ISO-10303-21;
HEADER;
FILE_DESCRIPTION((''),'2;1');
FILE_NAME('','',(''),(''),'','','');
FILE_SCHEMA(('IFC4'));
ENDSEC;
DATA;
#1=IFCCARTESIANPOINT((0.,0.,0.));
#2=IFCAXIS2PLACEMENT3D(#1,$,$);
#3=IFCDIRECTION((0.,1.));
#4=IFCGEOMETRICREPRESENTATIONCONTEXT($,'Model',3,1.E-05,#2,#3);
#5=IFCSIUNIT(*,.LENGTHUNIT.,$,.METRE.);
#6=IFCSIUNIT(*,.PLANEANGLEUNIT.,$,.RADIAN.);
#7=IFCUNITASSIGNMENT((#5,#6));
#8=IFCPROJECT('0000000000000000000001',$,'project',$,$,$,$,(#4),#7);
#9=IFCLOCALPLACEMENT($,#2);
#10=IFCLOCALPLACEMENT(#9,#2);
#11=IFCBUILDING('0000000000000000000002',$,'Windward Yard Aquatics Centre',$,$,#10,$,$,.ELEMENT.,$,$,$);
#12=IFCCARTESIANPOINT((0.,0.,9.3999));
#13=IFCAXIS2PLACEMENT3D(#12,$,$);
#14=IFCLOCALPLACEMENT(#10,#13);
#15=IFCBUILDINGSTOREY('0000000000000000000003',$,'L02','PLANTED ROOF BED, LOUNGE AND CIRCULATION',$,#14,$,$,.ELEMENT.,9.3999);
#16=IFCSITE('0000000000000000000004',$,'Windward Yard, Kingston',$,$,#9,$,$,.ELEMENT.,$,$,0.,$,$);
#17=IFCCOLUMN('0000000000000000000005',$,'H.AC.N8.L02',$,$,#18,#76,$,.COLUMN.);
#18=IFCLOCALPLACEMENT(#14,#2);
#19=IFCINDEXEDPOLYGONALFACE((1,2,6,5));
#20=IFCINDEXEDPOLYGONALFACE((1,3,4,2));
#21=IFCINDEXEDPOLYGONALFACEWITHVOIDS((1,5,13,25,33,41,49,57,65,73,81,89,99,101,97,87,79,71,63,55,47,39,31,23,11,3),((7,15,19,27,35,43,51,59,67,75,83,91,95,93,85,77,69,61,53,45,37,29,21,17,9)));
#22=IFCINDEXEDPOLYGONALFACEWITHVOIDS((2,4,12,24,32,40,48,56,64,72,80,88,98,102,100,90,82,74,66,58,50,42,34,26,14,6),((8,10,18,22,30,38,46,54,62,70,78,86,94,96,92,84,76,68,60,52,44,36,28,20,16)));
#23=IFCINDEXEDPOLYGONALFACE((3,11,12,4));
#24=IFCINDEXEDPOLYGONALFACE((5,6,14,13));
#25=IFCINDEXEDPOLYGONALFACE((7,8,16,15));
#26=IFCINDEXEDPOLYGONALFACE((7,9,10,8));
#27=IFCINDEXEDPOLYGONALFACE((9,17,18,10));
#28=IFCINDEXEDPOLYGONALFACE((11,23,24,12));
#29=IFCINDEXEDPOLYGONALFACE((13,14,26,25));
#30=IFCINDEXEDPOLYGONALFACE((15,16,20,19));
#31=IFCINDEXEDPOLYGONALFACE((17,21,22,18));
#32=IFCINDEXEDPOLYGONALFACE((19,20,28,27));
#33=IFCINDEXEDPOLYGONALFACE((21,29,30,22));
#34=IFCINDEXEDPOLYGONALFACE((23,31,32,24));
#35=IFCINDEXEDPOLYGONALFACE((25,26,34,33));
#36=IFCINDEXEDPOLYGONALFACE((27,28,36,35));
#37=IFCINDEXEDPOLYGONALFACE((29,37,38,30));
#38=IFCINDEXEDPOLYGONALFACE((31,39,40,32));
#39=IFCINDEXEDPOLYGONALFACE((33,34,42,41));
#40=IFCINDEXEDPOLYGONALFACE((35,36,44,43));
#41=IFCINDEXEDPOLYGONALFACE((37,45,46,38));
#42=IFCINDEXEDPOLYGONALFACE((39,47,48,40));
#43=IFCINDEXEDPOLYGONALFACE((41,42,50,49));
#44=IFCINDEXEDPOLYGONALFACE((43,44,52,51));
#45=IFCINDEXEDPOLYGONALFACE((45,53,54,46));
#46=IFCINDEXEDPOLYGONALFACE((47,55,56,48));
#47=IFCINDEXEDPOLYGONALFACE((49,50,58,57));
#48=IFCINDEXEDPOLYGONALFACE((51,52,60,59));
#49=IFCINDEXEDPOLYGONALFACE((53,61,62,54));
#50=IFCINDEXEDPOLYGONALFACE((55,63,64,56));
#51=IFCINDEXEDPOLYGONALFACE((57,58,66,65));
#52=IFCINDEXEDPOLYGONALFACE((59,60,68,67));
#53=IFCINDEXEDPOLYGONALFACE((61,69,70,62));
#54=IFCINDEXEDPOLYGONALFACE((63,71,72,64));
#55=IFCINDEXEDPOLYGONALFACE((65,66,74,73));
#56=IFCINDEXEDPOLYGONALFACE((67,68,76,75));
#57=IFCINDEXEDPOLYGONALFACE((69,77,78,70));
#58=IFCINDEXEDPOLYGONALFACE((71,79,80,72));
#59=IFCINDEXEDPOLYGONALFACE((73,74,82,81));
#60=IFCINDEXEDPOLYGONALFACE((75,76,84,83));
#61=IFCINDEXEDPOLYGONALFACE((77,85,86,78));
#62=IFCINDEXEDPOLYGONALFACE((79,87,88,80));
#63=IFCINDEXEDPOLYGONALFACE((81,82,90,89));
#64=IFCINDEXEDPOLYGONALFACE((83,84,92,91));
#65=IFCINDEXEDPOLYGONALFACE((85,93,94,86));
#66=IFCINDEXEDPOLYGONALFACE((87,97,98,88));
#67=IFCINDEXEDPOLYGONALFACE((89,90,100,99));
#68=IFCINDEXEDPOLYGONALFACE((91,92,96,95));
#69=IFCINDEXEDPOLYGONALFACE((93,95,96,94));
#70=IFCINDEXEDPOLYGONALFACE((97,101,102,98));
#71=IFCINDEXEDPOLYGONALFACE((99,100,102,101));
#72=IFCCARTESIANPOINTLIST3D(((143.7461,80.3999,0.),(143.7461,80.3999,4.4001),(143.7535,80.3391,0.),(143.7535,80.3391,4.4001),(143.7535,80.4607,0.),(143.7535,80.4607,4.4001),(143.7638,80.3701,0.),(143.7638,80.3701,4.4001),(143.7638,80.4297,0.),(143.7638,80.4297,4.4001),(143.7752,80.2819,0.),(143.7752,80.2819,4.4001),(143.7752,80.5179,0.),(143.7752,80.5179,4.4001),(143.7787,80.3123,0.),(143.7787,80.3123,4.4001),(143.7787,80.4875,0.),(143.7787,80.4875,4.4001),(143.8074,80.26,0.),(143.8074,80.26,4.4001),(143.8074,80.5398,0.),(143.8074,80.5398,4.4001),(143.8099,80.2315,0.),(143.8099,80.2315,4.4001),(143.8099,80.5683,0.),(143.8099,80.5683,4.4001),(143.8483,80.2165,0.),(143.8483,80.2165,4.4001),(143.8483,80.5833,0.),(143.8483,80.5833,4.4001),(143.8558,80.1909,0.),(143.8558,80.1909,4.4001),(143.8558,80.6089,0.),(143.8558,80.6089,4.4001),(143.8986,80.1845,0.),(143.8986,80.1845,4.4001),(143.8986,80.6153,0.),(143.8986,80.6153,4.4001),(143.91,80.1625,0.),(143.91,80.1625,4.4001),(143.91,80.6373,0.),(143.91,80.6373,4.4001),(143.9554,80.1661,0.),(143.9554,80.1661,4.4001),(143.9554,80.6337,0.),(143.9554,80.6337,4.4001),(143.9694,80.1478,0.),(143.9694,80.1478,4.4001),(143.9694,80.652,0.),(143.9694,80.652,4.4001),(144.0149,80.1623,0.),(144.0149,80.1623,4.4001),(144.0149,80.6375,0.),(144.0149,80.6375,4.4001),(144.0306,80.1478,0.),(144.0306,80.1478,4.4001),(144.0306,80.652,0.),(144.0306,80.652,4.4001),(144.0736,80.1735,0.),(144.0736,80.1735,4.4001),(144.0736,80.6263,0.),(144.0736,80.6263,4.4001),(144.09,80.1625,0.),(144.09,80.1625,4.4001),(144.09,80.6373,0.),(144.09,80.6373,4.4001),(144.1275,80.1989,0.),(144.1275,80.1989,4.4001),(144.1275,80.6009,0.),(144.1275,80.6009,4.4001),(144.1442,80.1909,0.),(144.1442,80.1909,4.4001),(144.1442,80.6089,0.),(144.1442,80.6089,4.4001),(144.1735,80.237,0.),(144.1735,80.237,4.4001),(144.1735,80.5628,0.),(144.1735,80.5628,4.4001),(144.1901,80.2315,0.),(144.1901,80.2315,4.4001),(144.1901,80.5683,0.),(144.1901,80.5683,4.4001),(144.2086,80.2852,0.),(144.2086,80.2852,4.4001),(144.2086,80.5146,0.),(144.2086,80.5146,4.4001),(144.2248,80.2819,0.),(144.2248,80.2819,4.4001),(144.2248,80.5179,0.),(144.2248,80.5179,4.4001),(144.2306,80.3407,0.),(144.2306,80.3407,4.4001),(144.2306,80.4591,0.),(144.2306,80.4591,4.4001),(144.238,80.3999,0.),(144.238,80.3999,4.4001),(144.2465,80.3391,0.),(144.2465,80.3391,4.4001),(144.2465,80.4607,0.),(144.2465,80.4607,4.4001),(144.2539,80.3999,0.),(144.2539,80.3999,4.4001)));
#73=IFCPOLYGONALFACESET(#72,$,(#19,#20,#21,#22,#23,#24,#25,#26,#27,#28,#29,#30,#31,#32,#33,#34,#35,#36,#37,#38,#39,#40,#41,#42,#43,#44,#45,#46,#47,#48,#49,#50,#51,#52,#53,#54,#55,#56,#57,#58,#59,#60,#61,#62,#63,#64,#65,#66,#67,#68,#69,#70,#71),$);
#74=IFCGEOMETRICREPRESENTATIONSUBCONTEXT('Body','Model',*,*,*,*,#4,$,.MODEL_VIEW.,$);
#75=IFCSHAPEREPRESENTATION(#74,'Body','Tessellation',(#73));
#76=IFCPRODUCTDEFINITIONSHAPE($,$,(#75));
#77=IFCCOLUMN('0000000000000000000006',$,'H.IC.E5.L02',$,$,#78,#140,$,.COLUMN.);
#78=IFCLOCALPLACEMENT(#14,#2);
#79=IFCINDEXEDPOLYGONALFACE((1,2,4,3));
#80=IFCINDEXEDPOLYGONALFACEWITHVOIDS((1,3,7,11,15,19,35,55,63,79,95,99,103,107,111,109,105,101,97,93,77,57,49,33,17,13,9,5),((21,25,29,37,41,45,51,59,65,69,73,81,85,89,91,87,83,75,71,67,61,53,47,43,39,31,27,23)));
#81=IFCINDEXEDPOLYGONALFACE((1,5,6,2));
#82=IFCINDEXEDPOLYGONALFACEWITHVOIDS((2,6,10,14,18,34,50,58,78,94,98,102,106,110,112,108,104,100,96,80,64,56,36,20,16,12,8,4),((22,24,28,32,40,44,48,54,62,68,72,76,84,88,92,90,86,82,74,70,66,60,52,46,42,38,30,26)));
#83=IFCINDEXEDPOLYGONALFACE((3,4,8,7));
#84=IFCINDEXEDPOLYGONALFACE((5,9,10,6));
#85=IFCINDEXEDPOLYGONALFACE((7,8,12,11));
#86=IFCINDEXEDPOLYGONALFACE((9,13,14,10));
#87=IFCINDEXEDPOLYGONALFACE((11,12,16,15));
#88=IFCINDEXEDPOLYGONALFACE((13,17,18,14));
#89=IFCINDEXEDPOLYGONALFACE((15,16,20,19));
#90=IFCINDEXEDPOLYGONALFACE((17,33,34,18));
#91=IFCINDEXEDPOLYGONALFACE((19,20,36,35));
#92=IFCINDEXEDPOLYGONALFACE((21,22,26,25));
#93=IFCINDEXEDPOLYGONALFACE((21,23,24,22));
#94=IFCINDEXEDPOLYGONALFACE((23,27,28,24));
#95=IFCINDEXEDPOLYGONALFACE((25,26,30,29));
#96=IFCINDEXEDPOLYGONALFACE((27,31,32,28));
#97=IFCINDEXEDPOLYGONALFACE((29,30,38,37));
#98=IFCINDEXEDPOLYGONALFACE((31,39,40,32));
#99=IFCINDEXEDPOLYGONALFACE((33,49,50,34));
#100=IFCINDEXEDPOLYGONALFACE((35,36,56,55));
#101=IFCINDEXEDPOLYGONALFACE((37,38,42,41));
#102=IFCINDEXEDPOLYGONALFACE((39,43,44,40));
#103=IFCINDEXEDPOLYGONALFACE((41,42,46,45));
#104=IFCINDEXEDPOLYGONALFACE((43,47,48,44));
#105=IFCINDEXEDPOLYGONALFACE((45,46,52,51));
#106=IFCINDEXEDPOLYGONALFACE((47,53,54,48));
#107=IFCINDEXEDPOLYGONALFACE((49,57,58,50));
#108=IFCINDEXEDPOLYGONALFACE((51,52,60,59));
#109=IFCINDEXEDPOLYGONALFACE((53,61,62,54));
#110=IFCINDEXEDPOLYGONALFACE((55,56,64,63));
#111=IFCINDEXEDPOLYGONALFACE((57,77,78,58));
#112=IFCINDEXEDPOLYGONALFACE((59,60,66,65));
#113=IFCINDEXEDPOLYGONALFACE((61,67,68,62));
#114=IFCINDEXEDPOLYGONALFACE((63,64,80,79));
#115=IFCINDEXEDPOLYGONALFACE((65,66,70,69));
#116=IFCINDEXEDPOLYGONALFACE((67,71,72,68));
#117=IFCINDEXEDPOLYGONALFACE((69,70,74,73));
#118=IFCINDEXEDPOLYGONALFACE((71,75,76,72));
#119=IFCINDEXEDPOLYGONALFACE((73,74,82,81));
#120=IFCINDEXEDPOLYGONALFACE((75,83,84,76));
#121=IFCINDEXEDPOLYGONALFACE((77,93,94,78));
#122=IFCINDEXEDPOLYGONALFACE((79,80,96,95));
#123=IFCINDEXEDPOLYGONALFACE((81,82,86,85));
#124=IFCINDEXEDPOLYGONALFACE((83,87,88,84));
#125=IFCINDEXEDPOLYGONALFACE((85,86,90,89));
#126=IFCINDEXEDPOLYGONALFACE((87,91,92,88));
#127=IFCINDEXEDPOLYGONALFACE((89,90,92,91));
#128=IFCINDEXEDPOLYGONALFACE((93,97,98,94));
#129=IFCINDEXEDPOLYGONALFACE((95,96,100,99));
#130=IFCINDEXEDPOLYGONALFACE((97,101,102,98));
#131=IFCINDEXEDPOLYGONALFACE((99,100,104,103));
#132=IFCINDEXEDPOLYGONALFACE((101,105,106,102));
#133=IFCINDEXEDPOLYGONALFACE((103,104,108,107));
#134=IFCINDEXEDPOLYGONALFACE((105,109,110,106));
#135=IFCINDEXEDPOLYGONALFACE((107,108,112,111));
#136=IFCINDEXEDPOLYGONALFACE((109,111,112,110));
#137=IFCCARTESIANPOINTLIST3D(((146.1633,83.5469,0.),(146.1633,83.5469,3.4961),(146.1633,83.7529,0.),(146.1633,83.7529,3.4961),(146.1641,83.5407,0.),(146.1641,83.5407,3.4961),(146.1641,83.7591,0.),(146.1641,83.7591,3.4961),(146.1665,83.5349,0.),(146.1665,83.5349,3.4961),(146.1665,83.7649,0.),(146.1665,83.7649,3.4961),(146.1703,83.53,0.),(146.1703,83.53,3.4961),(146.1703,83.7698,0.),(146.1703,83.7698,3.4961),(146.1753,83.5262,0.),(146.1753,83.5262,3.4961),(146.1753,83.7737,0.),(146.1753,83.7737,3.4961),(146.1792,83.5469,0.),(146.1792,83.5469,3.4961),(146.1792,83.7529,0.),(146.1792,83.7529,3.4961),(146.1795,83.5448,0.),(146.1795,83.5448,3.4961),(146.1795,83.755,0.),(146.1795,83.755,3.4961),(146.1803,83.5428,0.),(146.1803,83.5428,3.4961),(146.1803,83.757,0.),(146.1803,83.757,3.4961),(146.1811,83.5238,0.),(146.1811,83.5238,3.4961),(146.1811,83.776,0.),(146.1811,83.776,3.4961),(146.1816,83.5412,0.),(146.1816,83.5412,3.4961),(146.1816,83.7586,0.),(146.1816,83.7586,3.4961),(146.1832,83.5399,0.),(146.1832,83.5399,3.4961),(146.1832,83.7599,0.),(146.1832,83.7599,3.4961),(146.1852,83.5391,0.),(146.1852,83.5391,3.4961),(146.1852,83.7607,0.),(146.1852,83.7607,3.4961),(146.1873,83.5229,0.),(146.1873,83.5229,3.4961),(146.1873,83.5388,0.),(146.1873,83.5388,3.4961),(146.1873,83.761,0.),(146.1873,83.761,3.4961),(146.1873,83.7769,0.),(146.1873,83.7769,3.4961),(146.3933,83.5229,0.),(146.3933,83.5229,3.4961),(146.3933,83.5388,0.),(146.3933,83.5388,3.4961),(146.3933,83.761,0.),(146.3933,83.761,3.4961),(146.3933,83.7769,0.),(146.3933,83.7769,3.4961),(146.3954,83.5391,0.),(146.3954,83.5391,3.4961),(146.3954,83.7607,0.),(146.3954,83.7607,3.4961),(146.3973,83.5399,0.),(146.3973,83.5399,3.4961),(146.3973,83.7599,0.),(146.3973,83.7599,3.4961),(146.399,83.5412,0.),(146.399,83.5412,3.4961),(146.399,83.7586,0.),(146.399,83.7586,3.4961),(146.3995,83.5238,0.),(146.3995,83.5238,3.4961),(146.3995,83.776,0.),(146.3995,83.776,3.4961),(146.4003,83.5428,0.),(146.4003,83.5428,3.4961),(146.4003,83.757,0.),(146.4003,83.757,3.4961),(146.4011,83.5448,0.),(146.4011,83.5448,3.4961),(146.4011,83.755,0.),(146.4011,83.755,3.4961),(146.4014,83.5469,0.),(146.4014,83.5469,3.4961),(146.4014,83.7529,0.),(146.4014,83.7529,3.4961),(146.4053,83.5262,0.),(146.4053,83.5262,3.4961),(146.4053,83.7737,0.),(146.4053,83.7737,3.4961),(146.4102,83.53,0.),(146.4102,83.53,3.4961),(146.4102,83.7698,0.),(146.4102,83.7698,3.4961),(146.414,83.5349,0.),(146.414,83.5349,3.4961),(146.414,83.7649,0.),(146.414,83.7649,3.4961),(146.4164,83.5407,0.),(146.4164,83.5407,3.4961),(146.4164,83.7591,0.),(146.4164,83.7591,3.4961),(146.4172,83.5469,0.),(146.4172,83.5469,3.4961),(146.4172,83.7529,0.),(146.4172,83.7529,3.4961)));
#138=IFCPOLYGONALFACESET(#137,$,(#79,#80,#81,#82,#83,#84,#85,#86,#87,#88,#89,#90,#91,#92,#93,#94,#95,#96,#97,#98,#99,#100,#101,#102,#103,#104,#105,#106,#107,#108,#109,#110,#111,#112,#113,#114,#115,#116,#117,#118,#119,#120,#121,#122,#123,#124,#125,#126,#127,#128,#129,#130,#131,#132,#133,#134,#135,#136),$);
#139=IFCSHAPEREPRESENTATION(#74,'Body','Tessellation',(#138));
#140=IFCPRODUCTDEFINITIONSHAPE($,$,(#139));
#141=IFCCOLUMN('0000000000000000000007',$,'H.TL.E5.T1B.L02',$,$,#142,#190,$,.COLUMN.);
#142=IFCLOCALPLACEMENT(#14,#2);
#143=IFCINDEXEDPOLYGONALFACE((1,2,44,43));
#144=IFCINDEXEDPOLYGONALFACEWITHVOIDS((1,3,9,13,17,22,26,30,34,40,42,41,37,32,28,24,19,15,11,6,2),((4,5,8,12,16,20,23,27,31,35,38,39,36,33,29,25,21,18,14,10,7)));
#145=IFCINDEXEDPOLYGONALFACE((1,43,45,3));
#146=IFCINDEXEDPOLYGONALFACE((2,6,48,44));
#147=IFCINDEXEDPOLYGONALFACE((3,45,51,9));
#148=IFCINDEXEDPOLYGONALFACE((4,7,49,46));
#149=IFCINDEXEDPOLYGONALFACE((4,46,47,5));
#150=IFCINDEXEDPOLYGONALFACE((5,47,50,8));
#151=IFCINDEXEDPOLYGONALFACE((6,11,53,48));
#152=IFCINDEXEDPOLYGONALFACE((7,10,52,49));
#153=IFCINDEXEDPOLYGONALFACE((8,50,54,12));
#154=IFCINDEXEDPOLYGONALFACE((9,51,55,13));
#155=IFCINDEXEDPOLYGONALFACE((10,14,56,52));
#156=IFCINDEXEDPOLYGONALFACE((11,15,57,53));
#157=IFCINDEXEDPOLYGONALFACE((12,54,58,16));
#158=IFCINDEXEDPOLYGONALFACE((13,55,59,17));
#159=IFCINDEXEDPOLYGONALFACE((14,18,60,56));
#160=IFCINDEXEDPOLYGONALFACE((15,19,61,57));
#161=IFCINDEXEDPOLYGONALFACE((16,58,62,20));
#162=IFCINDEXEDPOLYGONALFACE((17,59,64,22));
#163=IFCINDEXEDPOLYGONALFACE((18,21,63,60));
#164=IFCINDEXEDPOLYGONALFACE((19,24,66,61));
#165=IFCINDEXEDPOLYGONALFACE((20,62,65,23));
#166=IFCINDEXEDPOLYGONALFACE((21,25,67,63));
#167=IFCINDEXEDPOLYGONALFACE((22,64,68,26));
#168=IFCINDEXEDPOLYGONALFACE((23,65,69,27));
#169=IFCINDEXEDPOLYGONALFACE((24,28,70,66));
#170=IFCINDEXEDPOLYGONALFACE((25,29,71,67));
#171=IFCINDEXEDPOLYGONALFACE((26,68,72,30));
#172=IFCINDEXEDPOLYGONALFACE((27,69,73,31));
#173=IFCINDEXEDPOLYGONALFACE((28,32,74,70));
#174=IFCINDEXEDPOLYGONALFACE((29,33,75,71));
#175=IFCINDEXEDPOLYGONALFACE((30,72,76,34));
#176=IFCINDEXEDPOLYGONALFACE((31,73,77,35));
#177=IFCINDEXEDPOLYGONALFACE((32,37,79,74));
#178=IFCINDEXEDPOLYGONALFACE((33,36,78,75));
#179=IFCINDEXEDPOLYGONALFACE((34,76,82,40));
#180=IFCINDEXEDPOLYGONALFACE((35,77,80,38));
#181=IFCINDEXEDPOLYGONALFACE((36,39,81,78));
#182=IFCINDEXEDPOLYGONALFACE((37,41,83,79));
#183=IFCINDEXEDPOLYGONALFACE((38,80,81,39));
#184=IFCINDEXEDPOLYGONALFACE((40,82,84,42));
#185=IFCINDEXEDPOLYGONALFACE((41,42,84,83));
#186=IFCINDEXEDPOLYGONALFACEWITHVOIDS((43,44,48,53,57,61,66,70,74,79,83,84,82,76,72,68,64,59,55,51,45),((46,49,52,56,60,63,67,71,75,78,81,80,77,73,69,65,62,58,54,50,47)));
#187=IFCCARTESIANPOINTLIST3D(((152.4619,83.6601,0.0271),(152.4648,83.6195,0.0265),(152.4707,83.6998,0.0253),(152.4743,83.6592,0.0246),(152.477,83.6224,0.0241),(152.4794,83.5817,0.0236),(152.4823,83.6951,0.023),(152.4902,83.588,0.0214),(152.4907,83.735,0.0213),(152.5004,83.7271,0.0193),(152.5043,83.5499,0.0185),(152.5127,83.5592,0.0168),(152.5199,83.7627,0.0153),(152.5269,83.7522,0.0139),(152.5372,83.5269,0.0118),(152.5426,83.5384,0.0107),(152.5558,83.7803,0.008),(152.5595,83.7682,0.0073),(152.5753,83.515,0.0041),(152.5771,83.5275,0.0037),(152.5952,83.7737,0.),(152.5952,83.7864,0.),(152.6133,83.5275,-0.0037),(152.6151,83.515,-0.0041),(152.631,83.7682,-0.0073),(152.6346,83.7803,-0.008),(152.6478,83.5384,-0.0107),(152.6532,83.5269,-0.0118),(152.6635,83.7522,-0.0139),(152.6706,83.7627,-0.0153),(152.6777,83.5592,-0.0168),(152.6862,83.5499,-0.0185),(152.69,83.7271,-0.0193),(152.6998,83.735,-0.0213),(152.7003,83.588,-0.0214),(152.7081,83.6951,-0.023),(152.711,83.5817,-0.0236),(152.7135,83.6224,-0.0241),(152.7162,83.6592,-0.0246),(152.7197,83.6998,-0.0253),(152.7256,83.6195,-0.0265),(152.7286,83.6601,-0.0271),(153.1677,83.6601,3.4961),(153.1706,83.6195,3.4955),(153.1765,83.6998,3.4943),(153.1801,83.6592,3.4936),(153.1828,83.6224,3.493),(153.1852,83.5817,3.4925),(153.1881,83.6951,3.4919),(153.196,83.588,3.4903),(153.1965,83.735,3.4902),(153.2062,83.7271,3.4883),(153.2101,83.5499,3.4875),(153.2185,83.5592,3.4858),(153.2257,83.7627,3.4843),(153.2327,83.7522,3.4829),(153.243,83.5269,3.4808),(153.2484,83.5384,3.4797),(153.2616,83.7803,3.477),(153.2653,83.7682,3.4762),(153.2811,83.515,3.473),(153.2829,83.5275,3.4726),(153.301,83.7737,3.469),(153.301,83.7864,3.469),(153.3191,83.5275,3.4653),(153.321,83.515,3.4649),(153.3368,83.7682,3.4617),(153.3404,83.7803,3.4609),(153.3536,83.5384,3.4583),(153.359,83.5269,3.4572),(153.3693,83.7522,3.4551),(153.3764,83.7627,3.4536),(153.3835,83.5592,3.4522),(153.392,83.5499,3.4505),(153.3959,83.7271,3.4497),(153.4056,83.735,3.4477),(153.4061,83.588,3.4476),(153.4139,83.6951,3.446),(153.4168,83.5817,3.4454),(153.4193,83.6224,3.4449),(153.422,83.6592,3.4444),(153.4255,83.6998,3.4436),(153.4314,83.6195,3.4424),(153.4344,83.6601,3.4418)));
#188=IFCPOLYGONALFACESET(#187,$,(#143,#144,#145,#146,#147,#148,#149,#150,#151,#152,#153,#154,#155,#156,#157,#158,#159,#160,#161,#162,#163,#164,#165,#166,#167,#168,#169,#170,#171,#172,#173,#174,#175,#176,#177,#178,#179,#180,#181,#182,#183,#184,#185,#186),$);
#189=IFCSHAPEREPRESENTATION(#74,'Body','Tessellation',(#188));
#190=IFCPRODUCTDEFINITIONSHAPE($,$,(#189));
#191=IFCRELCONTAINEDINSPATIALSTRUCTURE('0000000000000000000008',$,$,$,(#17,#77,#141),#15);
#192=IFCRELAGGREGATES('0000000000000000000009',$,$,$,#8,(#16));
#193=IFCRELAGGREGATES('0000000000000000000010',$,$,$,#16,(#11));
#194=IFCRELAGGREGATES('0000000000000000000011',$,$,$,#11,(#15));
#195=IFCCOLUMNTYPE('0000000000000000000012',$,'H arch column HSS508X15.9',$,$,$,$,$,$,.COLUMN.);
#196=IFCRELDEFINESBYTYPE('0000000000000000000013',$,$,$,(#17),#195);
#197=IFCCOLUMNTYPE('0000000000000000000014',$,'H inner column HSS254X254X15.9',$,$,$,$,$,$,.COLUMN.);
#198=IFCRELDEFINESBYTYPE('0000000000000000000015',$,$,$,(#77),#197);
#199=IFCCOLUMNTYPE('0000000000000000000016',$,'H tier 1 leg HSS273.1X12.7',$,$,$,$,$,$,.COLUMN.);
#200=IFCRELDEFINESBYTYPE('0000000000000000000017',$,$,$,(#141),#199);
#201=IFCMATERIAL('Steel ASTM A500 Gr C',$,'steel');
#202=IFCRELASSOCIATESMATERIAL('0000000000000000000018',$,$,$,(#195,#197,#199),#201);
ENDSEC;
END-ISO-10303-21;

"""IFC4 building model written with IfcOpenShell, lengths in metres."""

from ifc_helpers import new_model, si_unit, direction, frame, origin, origin_2d, place, context, subcontext, project, spatial, hollow_rectangle, hollow_circle, extrude, material, material_profile, profile_set, type_object, element, save


model = new_model("IFC4")

# Units and contexts
model_context = context("Model", 3, precision=1e-05, world=origin(), true_north=direction((0.0, 1.0)))
body_context = subcontext(model_context, "Body", "Model", "MODEL_VIEW")
ifc_project = project(units=[si_unit("LENGTHUNIT", "METRE"), si_unit("PLANEANGLEUNIT", "RADIAN")], contexts=[model_context])

# Site, building, storey
site_placement = place(None, origin())
site = spatial("IfcSite", under=ifc_project, at=site_placement, Name="Windward Yard, Kingston", CompositionType="ELEMENT", RefElevation=0.0)
building_placement = place(site_placement, origin())
building = spatial("IfcBuilding", under=site, at=building_placement, Name="Windward Yard Aquatics Centre", CompositionType="ELEMENT")
storey_placement = place(building_placement, frame((0.0, 0.0, 9.3999)))
storey = spatial("IfcBuildingStorey", under=building, at=storey_placement, Name="L02", Description="PLANTED ROOF BED, LOUNGE AND CIRCULATION", CompositionType="ELEMENT", Elevation=9.3999)

# Columns
ifc_material_1 = material(Name="Steel ASTM A500 Gr C", Category="steel")
ifc_material_profile_1 = material_profile(ifc_material_1, hollow_circle(Radius=0.2539, WallThickness=0.0159, at=origin_2d()), Name="HSS508X15.9")
ifc_profile_set_1 = profile_set([ifc_material_profile_1], Name="Steel ASTM A500 Gr C")
column_type_1 = type_object("IfcColumnType", Name="H arch column HSS508X15.9", PredefinedType="COLUMN", material=ifc_profile_set_1)
column_1_placement = place(storey_placement, frame((144.0, 80.3999, 0.0), z_axis=(0.0, 0.0, 1.0), x_axis=(1.0, 0.0, 0.0)))
element("IfcColumn", 1, at=column_1_placement, inside=storey, type_object=column_type_1, Name="H.AC.N8.L02", PredefinedType="COLUMN", context=body_context, shape_type="SweptSolid", body=[
    extrude(hollow_circle(Radius=0.2539, WallThickness=0.0159, at=origin_2d()), origin(), (0.0, 0.0, 1.0), 4.4001),
])
ifc_material_profile_2 = material_profile(ifc_material_1, hollow_rectangle(XDim=0.2539, YDim=0.2539, WallThickness=0.0159, InnerFilletRadius=0.0081, OuterFilletRadius=0.0239, at=origin_2d()), Name="HSS254X254X15.9")
ifc_profile_set_2 = profile_set([ifc_material_profile_2], Name="Steel ASTM A500 Gr C")
column_type_2 = type_object("IfcColumnType", Name="H inner column HSS254X254X15.9", PredefinedType="COLUMN", material=ifc_profile_set_2)
column_2_placement = place(storey_placement, frame((146.2903, 83.6499, 0.0), z_axis=(0.0, 0.0, 1.0), x_axis=(1.0, 0.0, 0.0)))
element("IfcColumn", 2, at=column_2_placement, inside=storey, type_object=column_type_2, Name="H.IC.E5.L02", PredefinedType="COLUMN", context=body_context, shape_type="SweptSolid", body=[
    extrude(hollow_rectangle(XDim=0.2539, YDim=0.2539, WallThickness=0.0159, InnerFilletRadius=0.0081, OuterFilletRadius=0.0239, at=origin_2d()), origin(), (0.0, 0.0, 1.0), 3.4961),
])
ifc_material_profile_3 = material_profile(ifc_material_1, hollow_circle(Radius=0.1365, WallThickness=0.0127, at=origin_2d()), Name="HSS273.1X12.7")
ifc_profile_set_3 = profile_set([ifc_material_profile_3], Name="Steel ASTM A500 Gr C")
column_type_3 = type_object("IfcColumnType", Name="H tier 1 leg HSS273.1X12.7", PredefinedType="COLUMN", material=ifc_profile_set_3)
column_3_placement = place(storey_placement, frame((152.5952, 83.6499, 0.0), z_axis=(0.199378, 0.0, 0.979923), x_axis=(0.0, 1.0, 0.0)))
element("IfcColumn", 3, at=column_3_placement, inside=storey, type_object=column_type_3, Name="H.TL.E5.T1B.L02", PredefinedType="COLUMN", context=body_context, shape_type="SweptSolid", body=[
    extrude(hollow_circle(Radius=0.1365, WallThickness=0.0127, at=origin_2d()), origin(), (0.0, 0.0, 1.0), 3.54),
])

save(model, "model.ifc")
